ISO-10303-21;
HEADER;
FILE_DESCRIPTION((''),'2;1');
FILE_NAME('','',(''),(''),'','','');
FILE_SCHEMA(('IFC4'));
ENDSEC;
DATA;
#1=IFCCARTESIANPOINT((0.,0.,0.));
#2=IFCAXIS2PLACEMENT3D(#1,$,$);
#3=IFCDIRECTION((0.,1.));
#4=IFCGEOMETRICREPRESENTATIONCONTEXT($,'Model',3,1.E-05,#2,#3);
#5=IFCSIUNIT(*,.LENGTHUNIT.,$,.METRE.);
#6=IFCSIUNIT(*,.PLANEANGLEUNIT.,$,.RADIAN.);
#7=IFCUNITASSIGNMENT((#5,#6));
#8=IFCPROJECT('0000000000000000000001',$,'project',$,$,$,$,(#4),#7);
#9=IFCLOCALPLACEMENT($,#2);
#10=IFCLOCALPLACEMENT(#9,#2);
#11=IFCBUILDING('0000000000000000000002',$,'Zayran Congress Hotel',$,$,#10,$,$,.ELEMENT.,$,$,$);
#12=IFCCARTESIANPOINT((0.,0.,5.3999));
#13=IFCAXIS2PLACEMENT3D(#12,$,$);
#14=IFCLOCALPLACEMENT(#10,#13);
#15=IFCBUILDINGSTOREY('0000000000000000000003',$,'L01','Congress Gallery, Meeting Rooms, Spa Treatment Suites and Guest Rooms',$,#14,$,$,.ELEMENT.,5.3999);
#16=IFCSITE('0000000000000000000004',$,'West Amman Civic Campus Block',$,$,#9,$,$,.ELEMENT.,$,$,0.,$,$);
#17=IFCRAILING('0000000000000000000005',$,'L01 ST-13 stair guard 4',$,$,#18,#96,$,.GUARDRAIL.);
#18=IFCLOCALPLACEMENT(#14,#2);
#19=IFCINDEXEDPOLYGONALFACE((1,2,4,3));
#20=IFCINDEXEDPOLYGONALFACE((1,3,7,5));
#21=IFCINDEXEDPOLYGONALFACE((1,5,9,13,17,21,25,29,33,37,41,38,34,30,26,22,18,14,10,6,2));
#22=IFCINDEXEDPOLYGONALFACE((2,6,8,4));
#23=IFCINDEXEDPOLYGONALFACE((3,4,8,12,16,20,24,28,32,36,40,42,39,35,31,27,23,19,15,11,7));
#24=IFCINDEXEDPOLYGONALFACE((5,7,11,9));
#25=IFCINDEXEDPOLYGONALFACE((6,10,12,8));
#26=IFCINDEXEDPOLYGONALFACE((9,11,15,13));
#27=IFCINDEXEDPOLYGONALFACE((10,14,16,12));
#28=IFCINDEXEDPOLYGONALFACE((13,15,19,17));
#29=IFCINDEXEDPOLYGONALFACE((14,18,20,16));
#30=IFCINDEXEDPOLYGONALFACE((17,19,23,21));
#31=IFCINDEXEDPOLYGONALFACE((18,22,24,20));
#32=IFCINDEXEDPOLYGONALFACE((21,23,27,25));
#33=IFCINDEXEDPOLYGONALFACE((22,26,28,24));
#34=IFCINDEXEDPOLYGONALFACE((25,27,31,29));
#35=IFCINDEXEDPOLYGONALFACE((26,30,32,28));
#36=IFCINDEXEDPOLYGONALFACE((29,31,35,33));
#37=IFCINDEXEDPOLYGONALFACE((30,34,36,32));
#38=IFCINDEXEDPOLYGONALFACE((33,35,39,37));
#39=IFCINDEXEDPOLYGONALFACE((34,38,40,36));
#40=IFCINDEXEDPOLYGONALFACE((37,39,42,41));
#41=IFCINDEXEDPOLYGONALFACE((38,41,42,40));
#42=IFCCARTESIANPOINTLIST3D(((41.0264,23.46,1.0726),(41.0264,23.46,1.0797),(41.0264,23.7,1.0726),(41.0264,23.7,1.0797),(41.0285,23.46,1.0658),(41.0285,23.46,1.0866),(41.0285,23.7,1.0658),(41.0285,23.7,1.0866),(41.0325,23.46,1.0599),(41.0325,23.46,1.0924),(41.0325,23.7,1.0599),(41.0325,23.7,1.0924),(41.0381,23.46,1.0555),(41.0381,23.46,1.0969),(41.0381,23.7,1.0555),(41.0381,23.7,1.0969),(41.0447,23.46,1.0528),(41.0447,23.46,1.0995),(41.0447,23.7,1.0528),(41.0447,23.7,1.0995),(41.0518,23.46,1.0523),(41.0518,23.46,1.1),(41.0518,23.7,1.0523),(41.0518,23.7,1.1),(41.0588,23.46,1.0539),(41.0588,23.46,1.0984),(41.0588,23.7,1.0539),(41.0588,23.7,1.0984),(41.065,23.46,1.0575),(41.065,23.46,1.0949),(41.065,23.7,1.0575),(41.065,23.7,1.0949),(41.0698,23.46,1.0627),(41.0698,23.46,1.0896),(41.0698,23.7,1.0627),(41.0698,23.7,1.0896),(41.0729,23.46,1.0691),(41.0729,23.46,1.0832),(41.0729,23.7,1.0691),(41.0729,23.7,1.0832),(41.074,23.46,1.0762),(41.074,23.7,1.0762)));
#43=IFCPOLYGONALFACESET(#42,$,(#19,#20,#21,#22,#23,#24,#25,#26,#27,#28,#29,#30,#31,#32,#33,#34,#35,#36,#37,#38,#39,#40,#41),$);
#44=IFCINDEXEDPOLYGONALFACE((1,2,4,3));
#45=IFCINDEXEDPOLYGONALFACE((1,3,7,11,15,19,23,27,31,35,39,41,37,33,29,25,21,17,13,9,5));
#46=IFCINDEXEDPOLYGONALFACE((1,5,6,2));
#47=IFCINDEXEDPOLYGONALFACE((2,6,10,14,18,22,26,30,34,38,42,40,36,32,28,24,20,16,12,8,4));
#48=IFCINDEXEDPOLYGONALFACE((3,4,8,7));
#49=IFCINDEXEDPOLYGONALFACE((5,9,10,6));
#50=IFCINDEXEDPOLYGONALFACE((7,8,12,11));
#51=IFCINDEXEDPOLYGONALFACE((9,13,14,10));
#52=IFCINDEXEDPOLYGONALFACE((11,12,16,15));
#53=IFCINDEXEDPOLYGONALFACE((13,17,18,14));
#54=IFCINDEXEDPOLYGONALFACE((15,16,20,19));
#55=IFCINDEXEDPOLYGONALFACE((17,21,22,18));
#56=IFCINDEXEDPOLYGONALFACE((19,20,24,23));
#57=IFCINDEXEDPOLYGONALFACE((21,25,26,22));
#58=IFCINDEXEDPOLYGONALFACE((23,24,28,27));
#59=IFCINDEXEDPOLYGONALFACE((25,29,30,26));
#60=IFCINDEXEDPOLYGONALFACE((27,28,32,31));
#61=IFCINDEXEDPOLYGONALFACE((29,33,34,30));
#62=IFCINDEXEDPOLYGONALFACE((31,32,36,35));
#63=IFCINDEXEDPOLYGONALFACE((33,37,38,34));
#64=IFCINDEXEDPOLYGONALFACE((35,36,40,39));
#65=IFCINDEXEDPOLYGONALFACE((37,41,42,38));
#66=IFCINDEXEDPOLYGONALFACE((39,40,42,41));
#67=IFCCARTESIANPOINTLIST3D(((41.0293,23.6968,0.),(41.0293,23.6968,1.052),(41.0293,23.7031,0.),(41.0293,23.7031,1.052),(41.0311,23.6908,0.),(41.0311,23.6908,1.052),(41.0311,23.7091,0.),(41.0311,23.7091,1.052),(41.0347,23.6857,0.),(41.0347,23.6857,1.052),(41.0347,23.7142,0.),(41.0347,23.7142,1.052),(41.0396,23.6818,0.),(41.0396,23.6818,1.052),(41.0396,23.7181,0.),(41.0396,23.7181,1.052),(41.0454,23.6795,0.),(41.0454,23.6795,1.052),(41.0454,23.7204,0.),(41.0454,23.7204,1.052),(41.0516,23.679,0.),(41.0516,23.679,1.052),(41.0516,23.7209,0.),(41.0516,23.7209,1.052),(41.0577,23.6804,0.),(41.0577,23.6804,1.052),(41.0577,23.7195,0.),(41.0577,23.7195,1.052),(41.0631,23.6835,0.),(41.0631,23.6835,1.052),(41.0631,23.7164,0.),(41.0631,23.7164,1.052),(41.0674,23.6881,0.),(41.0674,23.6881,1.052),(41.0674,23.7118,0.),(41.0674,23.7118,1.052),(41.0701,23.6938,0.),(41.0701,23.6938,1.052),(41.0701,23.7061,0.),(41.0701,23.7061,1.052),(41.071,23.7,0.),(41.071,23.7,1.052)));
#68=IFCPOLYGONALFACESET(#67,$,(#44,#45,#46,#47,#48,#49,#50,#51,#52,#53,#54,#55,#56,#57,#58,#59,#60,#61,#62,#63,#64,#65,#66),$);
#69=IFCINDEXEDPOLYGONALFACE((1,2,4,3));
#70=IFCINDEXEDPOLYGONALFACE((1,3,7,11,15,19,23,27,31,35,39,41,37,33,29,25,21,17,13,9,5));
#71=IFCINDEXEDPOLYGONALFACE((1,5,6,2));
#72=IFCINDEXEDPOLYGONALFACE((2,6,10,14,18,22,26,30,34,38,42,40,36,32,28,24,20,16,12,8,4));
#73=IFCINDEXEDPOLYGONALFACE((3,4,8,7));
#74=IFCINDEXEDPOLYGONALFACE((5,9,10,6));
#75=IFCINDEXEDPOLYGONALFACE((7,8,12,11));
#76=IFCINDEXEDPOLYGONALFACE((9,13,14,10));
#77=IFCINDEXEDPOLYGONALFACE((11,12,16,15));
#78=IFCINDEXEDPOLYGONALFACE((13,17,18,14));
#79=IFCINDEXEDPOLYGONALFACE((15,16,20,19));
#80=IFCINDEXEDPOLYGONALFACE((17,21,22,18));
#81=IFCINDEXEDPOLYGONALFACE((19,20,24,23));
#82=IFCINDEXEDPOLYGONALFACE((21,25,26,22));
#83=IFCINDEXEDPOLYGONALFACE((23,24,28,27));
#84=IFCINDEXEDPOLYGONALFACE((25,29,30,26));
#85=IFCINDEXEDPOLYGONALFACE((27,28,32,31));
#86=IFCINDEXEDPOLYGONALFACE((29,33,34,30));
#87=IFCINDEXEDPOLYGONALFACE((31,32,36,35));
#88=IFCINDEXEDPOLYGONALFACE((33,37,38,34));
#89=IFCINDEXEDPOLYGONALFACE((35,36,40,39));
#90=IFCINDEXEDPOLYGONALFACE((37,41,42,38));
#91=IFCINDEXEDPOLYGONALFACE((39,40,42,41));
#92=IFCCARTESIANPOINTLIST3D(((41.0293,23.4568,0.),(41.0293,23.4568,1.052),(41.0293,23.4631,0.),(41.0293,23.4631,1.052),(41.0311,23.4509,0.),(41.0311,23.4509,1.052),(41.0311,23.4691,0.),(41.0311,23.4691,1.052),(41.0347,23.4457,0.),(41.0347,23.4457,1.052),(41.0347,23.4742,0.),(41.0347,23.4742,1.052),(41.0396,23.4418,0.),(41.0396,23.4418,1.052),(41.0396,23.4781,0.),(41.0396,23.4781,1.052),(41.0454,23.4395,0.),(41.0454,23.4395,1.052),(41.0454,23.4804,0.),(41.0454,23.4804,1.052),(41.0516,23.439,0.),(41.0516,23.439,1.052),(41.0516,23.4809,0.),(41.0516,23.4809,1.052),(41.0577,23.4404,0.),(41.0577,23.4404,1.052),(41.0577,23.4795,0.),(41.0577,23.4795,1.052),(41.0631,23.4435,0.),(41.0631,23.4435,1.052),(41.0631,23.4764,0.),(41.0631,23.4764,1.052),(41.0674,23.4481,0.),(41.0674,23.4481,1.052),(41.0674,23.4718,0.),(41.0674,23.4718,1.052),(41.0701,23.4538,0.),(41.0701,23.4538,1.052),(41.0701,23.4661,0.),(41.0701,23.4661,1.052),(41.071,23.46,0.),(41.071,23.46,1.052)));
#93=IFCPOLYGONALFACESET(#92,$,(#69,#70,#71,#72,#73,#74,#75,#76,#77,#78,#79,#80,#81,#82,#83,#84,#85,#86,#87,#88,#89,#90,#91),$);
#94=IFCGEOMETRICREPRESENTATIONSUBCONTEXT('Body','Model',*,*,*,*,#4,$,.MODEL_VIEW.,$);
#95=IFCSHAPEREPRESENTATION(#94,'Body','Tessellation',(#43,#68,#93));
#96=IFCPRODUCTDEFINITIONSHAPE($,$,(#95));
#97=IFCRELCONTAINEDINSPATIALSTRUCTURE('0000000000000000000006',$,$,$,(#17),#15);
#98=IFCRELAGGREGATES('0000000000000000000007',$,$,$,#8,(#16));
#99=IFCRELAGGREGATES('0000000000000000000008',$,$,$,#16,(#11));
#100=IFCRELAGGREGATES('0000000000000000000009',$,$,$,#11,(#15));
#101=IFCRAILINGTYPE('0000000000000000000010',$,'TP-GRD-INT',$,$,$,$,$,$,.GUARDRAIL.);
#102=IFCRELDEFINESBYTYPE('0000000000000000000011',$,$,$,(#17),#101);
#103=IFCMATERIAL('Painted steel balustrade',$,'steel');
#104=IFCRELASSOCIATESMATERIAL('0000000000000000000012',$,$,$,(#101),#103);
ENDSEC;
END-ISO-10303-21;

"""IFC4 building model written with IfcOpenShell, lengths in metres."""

from ifc_helpers import new_model, si_unit, direction, frame, origin, origin_2d, place, context, subcontext, project, spatial, circle, extrude, material, type_object, element, save


model = new_model("IFC4")

# Units and contexts
model_context = context("Model", 3, precision=1e-05, world=origin(), true_north=direction((0.0, 1.0)))
body_context = subcontext(model_context, "Body", "Model", "MODEL_VIEW")
ifc_project = project(units=[si_unit("LENGTHUNIT", "METRE"), si_unit("PLANEANGLEUNIT", "RADIAN")], contexts=[model_context])

# Site, building, storey
site_placement = place(None, origin())
site = spatial("IfcSite", under=ifc_project, at=site_placement, Name="West Amman Civic Campus Block", CompositionType="ELEMENT", RefElevation=0.0)
building_placement = place(site_placement, origin())
building = spatial("IfcBuilding", under=site, at=building_placement, Name="Zayran Congress Hotel", CompositionType="ELEMENT")
storey_placement = place(building_placement, frame((0.0, 0.0, 5.3999)))
storey = spatial("IfcBuildingStorey", under=building, at=storey_placement, Name="L01", Description="Congress Gallery, Meeting Rooms, Spa Treatment Suites and Guest Rooms", CompositionType="ELEMENT", Elevation=5.3999)

# Railing
ifc_material_1 = material(Name="Painted steel balustrade", Category="steel")
railing_type_1 = type_object("IfcRailingType", Name="TP-GRD-INT", PredefinedType="GUARDRAIL", material=ifc_material_1)
railing_1_placement = place(storey_placement, frame((41.05, 23.7, 0.0)))
element("IfcRailing", 1, at=railing_1_placement, inside=storey, type_object=railing_type_1, Name="L01 ST-13 stair guard 4", PredefinedType="GUARDRAIL", context=body_context, shape_type="SweptSolid", body=[
    extrude(circle(Radius=0.0239, at=origin_2d()), frame((0.0, 0.0, 1.0762), z_axis=(0.0, -1.0, 0.0), x_axis=(1.0, 0.0, 0.0)), (0.0, 0.0, 1.0), 0.24),
    extrude(circle(Radius=0.021, at=origin_2d()), origin(), (0.0, 0.0, 1.0), 1.052),
    extrude(circle(Radius=0.021, at=origin_2d()), frame((0.0, -0.24, 0.0)), (0.0, 0.0, 1.0), 1.052),
])

save(model, "model.ifc")
